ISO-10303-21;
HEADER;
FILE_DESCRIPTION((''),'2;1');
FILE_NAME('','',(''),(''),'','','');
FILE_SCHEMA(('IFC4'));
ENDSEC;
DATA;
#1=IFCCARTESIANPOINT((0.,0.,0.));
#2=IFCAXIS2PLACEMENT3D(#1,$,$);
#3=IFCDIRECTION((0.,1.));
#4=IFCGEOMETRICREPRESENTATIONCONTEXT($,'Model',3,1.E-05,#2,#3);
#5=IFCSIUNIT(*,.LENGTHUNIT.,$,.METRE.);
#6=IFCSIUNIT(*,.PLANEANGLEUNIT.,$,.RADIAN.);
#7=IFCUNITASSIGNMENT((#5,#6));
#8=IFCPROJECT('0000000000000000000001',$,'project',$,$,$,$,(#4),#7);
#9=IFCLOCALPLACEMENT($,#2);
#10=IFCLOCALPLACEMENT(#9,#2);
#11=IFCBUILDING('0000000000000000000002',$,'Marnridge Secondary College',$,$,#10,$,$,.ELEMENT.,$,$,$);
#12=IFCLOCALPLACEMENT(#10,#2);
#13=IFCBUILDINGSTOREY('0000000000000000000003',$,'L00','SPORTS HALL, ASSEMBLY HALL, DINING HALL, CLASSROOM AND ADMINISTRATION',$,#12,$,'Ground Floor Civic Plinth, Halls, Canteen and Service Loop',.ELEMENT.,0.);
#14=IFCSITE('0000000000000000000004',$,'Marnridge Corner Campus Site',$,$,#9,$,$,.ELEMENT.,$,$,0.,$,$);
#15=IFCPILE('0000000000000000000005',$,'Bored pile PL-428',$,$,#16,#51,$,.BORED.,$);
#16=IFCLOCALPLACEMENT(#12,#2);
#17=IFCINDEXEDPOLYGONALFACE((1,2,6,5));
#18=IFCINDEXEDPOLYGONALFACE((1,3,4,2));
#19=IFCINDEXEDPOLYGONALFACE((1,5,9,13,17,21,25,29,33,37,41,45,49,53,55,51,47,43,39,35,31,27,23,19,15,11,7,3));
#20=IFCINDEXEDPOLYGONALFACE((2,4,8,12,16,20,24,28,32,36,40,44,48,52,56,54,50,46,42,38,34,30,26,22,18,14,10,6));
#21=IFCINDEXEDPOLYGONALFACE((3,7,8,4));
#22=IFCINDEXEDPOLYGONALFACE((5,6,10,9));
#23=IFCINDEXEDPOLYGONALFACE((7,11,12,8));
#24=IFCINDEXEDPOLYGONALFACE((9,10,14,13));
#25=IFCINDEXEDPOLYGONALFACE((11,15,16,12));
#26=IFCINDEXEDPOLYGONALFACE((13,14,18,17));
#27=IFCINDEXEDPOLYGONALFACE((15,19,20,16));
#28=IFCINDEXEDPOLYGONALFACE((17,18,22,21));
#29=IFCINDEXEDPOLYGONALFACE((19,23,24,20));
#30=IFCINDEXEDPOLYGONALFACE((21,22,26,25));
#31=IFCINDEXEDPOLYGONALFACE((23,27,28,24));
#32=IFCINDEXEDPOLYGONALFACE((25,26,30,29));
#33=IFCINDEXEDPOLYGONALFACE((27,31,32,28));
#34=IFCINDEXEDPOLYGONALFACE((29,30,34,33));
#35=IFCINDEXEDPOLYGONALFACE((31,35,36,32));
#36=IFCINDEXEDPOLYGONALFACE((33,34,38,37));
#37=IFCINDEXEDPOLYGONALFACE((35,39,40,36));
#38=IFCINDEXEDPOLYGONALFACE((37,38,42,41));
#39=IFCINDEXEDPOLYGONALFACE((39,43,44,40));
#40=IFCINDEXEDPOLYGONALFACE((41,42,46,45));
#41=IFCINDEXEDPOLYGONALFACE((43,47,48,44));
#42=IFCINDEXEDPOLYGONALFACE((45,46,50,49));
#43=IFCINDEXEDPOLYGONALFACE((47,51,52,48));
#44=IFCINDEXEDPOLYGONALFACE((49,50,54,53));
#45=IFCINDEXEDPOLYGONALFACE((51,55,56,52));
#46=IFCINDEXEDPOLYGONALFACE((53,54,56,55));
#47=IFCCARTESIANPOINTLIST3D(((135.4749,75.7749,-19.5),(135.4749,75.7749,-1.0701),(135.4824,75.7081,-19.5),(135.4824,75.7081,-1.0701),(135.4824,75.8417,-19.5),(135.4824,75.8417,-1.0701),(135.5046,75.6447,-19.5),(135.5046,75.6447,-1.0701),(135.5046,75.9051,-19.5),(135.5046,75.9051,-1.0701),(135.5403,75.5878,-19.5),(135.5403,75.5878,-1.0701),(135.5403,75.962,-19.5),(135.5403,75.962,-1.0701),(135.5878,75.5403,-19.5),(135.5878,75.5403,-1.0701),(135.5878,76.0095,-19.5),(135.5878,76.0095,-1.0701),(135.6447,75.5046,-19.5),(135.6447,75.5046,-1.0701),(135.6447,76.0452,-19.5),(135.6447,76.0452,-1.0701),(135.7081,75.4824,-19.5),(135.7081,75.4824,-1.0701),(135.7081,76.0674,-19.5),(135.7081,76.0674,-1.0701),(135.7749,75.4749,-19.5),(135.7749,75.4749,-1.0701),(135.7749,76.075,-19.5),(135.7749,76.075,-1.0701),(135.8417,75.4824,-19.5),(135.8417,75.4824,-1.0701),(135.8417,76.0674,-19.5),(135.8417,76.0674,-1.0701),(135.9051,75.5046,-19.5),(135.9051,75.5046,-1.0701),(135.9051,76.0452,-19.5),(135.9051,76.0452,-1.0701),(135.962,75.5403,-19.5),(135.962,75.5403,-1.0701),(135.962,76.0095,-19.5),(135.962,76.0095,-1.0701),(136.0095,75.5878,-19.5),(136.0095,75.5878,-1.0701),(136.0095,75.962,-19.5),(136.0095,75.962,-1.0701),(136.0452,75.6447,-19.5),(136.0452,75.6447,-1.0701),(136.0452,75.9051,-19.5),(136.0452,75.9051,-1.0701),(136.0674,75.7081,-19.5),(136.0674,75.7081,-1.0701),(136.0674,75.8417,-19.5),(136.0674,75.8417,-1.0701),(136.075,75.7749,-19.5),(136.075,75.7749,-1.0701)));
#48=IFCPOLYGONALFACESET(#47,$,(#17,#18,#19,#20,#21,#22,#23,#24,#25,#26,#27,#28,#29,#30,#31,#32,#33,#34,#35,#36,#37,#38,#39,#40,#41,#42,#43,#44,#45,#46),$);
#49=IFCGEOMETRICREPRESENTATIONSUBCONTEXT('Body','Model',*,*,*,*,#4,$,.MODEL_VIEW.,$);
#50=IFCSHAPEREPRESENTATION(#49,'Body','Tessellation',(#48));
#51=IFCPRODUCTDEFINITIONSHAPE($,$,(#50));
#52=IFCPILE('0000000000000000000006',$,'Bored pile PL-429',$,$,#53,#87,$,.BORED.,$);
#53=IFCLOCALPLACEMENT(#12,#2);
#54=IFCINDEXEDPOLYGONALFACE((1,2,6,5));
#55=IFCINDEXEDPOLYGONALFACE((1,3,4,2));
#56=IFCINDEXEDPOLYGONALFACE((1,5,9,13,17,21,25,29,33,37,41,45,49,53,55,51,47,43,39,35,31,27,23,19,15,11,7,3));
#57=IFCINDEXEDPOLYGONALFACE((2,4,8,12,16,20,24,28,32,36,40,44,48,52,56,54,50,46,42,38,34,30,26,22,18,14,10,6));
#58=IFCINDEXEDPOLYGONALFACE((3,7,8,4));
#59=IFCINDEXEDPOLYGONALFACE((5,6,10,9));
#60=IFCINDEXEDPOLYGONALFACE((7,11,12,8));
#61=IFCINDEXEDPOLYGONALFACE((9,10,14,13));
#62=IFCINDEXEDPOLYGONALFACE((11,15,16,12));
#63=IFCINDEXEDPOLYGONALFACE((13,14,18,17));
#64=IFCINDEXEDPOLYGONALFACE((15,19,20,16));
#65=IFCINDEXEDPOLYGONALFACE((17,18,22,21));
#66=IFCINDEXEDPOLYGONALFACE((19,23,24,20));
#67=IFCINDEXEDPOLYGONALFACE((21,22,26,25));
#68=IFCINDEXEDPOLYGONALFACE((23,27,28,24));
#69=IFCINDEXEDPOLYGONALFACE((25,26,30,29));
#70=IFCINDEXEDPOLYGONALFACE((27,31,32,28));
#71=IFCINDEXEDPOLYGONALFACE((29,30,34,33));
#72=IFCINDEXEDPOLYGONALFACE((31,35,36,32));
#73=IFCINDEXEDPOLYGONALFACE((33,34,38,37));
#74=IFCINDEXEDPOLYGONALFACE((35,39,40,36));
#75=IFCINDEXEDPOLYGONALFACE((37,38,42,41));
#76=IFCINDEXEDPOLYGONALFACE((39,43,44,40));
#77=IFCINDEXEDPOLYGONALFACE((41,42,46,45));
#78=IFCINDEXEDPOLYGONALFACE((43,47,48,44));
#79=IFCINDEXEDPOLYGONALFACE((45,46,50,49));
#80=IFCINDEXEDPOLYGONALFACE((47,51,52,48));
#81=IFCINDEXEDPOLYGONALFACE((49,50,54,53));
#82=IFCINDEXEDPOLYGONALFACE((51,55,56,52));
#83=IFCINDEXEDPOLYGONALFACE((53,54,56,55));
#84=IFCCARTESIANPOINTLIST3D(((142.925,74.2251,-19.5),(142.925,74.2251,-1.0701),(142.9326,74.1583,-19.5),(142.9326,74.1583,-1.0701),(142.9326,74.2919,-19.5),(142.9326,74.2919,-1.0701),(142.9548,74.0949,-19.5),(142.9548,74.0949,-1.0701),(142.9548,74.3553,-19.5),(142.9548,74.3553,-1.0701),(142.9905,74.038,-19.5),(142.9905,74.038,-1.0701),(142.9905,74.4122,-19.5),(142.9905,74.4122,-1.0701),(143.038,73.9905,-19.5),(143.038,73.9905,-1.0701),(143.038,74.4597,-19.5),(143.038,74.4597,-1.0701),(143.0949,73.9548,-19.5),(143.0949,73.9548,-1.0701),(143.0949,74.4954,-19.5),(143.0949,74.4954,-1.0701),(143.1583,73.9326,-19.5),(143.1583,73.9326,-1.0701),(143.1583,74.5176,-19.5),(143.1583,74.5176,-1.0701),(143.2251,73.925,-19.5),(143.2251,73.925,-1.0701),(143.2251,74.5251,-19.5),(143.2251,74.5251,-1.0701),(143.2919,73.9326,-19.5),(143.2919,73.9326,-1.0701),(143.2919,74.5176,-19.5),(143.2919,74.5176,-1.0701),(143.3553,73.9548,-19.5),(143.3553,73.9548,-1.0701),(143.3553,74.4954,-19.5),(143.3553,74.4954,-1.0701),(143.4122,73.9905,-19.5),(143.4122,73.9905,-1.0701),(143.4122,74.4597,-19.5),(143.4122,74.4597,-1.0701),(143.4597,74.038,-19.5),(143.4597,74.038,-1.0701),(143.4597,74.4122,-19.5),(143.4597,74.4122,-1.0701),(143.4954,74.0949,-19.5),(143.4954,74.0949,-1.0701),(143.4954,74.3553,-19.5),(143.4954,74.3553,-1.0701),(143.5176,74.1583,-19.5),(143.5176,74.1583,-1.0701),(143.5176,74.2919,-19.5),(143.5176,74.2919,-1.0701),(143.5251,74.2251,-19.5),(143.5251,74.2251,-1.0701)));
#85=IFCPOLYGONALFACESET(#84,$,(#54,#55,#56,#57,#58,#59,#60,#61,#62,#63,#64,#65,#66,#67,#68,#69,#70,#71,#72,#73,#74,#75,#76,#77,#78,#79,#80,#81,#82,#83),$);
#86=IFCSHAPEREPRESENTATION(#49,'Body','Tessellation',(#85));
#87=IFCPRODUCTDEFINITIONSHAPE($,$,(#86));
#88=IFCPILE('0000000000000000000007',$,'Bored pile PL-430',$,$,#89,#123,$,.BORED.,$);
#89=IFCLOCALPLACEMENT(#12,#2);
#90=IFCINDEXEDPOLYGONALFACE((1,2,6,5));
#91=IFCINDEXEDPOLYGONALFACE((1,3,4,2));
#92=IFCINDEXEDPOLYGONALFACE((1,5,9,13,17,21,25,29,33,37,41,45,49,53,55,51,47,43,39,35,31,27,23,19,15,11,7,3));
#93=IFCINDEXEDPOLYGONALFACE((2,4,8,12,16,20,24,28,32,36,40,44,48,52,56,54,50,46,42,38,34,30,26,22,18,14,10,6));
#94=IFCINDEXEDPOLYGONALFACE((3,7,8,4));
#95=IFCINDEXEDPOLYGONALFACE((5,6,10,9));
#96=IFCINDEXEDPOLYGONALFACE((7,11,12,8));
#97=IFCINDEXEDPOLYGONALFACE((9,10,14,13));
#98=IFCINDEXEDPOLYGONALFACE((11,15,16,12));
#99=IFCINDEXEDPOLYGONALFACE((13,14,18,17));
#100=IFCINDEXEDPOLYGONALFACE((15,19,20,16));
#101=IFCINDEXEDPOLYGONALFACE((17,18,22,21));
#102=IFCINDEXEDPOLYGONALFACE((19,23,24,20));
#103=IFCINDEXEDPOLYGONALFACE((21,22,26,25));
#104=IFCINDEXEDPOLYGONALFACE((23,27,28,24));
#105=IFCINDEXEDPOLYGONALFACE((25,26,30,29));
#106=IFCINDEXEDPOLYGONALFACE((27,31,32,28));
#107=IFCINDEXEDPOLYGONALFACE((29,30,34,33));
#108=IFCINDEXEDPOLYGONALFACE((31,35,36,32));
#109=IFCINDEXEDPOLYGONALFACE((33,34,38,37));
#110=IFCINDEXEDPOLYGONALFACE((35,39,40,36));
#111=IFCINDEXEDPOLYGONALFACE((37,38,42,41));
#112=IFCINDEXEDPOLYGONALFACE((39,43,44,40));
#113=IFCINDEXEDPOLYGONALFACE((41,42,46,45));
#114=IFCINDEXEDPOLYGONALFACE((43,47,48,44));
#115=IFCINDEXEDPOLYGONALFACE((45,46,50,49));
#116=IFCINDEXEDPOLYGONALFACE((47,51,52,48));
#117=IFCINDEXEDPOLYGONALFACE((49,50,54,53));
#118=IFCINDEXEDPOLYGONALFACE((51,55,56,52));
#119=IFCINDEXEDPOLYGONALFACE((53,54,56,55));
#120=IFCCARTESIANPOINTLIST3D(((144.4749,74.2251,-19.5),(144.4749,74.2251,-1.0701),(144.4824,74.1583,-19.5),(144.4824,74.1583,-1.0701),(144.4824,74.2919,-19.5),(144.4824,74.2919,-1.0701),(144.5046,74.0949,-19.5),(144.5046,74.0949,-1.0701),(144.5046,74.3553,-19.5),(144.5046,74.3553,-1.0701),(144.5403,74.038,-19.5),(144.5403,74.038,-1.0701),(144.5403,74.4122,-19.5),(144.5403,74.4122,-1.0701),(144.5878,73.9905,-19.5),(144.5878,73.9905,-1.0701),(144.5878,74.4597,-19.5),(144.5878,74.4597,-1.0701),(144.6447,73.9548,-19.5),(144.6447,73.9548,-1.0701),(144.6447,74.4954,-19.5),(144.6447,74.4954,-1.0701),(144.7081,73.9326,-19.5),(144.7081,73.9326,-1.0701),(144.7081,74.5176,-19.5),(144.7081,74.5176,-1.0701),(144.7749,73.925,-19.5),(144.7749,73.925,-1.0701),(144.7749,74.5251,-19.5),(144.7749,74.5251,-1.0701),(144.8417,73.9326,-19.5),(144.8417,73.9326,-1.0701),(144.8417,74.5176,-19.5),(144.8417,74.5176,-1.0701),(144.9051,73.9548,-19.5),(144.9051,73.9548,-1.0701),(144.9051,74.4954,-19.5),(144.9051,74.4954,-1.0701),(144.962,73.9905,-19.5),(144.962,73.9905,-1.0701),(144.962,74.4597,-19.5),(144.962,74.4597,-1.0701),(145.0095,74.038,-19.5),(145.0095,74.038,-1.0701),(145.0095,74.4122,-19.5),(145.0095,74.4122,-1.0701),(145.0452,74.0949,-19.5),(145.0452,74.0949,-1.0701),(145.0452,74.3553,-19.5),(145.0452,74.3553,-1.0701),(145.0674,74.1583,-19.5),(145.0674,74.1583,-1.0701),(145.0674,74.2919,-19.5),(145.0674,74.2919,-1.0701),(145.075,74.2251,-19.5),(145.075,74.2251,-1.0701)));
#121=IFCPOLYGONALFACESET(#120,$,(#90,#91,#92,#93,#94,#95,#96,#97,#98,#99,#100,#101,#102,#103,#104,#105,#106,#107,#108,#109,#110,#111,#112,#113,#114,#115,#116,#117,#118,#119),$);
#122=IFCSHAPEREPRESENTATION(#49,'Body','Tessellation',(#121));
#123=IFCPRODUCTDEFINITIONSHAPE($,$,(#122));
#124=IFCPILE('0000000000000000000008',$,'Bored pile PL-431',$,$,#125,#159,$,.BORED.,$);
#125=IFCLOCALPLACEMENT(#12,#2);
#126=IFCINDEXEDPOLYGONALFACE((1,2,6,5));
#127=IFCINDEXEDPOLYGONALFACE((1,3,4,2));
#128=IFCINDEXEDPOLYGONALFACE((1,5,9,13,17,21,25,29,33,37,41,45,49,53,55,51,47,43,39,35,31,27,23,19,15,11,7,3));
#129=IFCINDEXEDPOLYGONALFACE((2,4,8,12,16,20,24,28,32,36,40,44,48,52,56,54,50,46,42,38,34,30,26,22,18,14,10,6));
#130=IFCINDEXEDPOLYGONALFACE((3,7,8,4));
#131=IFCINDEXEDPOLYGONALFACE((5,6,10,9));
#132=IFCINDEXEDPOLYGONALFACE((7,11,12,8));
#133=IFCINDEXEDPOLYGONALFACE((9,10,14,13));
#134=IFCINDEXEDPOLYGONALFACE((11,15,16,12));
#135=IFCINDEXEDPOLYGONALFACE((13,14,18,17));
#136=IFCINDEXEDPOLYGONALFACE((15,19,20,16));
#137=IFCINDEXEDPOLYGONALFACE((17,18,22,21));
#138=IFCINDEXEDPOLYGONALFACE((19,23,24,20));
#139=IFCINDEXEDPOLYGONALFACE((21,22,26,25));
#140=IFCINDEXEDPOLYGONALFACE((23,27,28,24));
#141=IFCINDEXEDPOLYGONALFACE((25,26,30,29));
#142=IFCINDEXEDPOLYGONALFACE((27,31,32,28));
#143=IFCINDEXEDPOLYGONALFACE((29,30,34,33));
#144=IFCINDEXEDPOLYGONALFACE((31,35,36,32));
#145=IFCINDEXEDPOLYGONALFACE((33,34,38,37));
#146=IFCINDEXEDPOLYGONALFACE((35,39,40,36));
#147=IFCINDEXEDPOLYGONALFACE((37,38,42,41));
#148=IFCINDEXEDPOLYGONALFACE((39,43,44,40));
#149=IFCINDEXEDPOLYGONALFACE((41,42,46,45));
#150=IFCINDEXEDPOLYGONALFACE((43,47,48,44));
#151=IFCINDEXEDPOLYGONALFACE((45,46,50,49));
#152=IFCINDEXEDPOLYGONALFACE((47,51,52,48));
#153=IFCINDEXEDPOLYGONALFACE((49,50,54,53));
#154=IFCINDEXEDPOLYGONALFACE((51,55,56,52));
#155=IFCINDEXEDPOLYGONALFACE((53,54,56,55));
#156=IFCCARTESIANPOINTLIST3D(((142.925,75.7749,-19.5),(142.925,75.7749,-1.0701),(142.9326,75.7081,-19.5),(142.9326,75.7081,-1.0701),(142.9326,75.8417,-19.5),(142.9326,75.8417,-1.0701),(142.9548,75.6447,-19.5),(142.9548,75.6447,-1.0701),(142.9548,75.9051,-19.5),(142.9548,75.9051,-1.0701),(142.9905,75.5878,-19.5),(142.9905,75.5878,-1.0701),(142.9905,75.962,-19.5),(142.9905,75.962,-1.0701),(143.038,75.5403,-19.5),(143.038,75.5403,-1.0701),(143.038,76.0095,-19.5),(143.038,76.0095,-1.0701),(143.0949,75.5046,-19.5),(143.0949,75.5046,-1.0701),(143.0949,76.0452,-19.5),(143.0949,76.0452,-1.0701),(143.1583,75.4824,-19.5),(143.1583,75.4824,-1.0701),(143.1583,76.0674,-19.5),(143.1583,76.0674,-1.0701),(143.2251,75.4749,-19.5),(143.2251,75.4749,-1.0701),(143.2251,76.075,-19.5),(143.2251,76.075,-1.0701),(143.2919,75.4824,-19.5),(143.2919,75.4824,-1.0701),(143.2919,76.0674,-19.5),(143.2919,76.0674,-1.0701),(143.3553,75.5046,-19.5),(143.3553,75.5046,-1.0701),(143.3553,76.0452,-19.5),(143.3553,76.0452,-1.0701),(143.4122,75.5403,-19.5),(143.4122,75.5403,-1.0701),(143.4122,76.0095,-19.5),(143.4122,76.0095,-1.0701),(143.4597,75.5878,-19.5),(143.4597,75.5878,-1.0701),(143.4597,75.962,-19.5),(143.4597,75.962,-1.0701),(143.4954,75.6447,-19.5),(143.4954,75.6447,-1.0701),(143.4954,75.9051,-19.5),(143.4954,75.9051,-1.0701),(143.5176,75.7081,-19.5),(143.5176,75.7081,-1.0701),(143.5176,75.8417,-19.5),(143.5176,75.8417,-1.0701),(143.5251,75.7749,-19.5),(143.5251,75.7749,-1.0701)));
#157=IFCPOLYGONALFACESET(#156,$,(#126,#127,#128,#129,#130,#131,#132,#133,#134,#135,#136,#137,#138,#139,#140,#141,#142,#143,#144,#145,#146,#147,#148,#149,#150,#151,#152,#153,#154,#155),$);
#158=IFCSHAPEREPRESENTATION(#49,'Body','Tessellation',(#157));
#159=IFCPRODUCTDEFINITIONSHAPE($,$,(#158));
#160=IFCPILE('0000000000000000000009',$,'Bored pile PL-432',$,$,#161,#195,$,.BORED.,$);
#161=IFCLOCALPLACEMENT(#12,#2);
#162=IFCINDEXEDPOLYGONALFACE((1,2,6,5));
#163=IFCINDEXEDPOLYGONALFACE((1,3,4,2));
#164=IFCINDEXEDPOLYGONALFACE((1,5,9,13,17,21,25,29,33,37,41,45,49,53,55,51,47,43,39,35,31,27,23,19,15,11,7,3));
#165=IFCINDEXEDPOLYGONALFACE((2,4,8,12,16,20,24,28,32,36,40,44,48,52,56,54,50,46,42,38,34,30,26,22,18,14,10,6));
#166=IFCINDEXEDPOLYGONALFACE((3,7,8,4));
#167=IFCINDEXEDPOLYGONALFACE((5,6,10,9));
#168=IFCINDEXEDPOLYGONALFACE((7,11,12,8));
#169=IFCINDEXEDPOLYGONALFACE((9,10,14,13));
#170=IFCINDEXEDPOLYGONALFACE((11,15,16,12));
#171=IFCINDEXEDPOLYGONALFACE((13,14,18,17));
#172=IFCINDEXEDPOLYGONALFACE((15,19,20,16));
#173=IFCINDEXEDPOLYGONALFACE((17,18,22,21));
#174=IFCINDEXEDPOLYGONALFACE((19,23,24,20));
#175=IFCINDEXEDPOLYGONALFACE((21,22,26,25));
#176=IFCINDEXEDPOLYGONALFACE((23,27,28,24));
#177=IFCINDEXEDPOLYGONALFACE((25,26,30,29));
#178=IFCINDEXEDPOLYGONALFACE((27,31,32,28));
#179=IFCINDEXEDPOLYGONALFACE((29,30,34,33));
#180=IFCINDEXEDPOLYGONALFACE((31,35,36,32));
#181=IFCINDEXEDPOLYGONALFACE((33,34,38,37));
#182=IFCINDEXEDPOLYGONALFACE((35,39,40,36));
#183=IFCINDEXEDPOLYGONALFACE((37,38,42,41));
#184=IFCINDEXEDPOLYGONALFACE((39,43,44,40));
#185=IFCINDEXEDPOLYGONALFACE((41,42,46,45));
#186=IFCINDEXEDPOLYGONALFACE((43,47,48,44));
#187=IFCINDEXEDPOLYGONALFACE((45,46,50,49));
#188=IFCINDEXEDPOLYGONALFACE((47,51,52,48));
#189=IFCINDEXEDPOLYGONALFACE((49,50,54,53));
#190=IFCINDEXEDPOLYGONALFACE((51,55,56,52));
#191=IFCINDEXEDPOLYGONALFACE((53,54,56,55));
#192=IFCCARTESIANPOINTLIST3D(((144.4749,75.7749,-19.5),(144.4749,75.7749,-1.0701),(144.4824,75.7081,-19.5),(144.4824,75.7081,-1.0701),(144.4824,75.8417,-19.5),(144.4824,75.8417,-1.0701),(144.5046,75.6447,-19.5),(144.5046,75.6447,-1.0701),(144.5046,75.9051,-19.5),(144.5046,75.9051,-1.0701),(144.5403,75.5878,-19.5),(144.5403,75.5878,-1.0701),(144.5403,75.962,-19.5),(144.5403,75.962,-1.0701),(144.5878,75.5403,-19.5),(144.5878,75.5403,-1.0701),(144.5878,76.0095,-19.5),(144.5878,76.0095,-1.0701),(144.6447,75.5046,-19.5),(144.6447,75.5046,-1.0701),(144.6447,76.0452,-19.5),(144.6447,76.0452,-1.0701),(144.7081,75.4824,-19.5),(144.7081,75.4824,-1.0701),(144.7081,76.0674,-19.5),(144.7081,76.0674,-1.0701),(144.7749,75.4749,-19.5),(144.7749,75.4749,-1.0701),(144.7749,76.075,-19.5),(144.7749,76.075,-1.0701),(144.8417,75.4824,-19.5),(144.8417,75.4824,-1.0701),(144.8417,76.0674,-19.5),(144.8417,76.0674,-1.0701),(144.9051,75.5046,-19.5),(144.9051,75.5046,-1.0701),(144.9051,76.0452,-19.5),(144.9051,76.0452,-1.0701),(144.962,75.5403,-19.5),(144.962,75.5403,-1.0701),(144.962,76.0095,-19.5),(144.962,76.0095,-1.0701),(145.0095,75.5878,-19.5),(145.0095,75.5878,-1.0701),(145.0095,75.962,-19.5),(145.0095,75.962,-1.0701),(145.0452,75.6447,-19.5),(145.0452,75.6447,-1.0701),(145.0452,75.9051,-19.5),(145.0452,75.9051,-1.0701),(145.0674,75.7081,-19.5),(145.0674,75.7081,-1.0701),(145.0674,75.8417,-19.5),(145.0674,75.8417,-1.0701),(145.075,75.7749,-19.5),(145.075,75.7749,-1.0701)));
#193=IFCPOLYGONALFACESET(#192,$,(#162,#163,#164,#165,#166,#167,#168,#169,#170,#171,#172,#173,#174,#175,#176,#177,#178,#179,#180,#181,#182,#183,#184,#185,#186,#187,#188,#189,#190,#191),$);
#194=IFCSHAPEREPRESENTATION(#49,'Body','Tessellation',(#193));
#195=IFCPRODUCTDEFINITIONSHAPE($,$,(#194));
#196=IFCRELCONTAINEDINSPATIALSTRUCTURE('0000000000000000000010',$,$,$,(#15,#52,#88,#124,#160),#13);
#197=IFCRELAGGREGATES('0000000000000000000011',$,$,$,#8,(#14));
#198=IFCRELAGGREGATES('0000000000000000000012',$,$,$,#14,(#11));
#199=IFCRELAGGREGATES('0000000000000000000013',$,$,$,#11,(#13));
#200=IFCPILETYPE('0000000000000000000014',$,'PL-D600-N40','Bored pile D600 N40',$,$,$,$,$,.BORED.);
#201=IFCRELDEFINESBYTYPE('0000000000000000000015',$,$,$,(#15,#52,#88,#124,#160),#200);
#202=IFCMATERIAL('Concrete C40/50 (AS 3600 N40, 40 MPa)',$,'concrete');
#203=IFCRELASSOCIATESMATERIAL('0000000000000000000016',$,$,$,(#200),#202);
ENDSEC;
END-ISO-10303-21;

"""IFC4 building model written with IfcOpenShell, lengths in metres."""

from ifc_helpers import new_model, si_unit, direction, frame, origin, origin_2d, place, context, subcontext, project, spatial, circle, extrude, material, material_profile, profile_set, type_object, element, save


model = new_model("IFC4")

# Units and contexts
model_context = context("Model", 3, precision=1e-05, world=origin(), true_north=direction((0.0, 1.0)))
body_context = subcontext(model_context, "Body", "Model", "MODEL_VIEW")
ifc_project = project(units=[si_unit("LENGTHUNIT", "METRE"), si_unit("PLANEANGLEUNIT", "RADIAN")], contexts=[model_context])

# Site, building, storey
site_placement = place(None, origin())
site = spatial("IfcSite", under=ifc_project, at=site_placement, Name="Marnridge Corner Campus Site", CompositionType="ELEMENT", RefElevation=0.0)
building_placement = place(site_placement, origin())
building = spatial("IfcBuilding", under=site, at=building_placement, Name="Marnridge Secondary College", CompositionType="ELEMENT")
storey_placement = place(building_placement, origin())
storey = spatial("IfcBuildingStorey", under=building, at=storey_placement, Name="L00", Description="SPORTS HALL, ASSEMBLY HALL, DINING HALL, CLASSROOM AND ADMINISTRATION", LongName="Ground Floor Civic Plinth, Halls, Canteen and Service Loop", CompositionType="ELEMENT", Elevation=0.0)

# Piles
ifc_material_1 = material(Name="Concrete C40/50 (AS 3600 N40, 40 MPa)", Category="concrete")
ifc_material_profile_1 = material_profile(ifc_material_1, circle(Radius=0.3, at=origin_2d()), Name="PILE D600")
ifc_profile_set_1 = profile_set([ifc_material_profile_1], Name="Concrete C40/50 (AS 3600 N40, 40 MPa)")
pile_type = type_object("IfcPileType", Name="PL-D600-N40", Description="Bored pile D600 N40", PredefinedType="BORED", material=ifc_profile_set_1)
for number, where, z_axis, x_axis, name in (
    (1, (135.7749, 75.7749, -1.0701), (0.0, 0.0, -1.0), (1.0, 0.0, 0.0), "Bored pile PL-428"),
    (2, (143.2251, 74.2251, -1.0701), (0.0, 0.0, -1.0), (1.0, 0.0, 0.0), "Bored pile PL-429"),
    (3, (144.7749, 74.2251, -1.0701), (0.0, 0.0, -1.0), (1.0, 0.0, 0.0), "Bored pile PL-430"),
    (4, (143.2251, 75.7749, -1.0701), (0.0, 0.0, -1.0), (1.0, 0.0, 0.0), "Bored pile PL-431"),
    (5, (144.7749, 75.7749, -1.0701), (0.0, 0.0, -1.0), (1.0, 0.0, 0.0), "Bored pile PL-432"),
):
    element("IfcPile", number, at=place(storey_placement, frame(where, z_axis=z_axis, x_axis=x_axis)), inside=storey, type_object=pile_type, Name=name, PredefinedType="BORED", context=body_context, shape_type="SweptSolid", body=[
        extrude(circle(Radius=0.3, at=origin_2d()), origin(), (0.0, 0.0, 1.0), 18.4299),
    ])

save(model, "model.ifc")
